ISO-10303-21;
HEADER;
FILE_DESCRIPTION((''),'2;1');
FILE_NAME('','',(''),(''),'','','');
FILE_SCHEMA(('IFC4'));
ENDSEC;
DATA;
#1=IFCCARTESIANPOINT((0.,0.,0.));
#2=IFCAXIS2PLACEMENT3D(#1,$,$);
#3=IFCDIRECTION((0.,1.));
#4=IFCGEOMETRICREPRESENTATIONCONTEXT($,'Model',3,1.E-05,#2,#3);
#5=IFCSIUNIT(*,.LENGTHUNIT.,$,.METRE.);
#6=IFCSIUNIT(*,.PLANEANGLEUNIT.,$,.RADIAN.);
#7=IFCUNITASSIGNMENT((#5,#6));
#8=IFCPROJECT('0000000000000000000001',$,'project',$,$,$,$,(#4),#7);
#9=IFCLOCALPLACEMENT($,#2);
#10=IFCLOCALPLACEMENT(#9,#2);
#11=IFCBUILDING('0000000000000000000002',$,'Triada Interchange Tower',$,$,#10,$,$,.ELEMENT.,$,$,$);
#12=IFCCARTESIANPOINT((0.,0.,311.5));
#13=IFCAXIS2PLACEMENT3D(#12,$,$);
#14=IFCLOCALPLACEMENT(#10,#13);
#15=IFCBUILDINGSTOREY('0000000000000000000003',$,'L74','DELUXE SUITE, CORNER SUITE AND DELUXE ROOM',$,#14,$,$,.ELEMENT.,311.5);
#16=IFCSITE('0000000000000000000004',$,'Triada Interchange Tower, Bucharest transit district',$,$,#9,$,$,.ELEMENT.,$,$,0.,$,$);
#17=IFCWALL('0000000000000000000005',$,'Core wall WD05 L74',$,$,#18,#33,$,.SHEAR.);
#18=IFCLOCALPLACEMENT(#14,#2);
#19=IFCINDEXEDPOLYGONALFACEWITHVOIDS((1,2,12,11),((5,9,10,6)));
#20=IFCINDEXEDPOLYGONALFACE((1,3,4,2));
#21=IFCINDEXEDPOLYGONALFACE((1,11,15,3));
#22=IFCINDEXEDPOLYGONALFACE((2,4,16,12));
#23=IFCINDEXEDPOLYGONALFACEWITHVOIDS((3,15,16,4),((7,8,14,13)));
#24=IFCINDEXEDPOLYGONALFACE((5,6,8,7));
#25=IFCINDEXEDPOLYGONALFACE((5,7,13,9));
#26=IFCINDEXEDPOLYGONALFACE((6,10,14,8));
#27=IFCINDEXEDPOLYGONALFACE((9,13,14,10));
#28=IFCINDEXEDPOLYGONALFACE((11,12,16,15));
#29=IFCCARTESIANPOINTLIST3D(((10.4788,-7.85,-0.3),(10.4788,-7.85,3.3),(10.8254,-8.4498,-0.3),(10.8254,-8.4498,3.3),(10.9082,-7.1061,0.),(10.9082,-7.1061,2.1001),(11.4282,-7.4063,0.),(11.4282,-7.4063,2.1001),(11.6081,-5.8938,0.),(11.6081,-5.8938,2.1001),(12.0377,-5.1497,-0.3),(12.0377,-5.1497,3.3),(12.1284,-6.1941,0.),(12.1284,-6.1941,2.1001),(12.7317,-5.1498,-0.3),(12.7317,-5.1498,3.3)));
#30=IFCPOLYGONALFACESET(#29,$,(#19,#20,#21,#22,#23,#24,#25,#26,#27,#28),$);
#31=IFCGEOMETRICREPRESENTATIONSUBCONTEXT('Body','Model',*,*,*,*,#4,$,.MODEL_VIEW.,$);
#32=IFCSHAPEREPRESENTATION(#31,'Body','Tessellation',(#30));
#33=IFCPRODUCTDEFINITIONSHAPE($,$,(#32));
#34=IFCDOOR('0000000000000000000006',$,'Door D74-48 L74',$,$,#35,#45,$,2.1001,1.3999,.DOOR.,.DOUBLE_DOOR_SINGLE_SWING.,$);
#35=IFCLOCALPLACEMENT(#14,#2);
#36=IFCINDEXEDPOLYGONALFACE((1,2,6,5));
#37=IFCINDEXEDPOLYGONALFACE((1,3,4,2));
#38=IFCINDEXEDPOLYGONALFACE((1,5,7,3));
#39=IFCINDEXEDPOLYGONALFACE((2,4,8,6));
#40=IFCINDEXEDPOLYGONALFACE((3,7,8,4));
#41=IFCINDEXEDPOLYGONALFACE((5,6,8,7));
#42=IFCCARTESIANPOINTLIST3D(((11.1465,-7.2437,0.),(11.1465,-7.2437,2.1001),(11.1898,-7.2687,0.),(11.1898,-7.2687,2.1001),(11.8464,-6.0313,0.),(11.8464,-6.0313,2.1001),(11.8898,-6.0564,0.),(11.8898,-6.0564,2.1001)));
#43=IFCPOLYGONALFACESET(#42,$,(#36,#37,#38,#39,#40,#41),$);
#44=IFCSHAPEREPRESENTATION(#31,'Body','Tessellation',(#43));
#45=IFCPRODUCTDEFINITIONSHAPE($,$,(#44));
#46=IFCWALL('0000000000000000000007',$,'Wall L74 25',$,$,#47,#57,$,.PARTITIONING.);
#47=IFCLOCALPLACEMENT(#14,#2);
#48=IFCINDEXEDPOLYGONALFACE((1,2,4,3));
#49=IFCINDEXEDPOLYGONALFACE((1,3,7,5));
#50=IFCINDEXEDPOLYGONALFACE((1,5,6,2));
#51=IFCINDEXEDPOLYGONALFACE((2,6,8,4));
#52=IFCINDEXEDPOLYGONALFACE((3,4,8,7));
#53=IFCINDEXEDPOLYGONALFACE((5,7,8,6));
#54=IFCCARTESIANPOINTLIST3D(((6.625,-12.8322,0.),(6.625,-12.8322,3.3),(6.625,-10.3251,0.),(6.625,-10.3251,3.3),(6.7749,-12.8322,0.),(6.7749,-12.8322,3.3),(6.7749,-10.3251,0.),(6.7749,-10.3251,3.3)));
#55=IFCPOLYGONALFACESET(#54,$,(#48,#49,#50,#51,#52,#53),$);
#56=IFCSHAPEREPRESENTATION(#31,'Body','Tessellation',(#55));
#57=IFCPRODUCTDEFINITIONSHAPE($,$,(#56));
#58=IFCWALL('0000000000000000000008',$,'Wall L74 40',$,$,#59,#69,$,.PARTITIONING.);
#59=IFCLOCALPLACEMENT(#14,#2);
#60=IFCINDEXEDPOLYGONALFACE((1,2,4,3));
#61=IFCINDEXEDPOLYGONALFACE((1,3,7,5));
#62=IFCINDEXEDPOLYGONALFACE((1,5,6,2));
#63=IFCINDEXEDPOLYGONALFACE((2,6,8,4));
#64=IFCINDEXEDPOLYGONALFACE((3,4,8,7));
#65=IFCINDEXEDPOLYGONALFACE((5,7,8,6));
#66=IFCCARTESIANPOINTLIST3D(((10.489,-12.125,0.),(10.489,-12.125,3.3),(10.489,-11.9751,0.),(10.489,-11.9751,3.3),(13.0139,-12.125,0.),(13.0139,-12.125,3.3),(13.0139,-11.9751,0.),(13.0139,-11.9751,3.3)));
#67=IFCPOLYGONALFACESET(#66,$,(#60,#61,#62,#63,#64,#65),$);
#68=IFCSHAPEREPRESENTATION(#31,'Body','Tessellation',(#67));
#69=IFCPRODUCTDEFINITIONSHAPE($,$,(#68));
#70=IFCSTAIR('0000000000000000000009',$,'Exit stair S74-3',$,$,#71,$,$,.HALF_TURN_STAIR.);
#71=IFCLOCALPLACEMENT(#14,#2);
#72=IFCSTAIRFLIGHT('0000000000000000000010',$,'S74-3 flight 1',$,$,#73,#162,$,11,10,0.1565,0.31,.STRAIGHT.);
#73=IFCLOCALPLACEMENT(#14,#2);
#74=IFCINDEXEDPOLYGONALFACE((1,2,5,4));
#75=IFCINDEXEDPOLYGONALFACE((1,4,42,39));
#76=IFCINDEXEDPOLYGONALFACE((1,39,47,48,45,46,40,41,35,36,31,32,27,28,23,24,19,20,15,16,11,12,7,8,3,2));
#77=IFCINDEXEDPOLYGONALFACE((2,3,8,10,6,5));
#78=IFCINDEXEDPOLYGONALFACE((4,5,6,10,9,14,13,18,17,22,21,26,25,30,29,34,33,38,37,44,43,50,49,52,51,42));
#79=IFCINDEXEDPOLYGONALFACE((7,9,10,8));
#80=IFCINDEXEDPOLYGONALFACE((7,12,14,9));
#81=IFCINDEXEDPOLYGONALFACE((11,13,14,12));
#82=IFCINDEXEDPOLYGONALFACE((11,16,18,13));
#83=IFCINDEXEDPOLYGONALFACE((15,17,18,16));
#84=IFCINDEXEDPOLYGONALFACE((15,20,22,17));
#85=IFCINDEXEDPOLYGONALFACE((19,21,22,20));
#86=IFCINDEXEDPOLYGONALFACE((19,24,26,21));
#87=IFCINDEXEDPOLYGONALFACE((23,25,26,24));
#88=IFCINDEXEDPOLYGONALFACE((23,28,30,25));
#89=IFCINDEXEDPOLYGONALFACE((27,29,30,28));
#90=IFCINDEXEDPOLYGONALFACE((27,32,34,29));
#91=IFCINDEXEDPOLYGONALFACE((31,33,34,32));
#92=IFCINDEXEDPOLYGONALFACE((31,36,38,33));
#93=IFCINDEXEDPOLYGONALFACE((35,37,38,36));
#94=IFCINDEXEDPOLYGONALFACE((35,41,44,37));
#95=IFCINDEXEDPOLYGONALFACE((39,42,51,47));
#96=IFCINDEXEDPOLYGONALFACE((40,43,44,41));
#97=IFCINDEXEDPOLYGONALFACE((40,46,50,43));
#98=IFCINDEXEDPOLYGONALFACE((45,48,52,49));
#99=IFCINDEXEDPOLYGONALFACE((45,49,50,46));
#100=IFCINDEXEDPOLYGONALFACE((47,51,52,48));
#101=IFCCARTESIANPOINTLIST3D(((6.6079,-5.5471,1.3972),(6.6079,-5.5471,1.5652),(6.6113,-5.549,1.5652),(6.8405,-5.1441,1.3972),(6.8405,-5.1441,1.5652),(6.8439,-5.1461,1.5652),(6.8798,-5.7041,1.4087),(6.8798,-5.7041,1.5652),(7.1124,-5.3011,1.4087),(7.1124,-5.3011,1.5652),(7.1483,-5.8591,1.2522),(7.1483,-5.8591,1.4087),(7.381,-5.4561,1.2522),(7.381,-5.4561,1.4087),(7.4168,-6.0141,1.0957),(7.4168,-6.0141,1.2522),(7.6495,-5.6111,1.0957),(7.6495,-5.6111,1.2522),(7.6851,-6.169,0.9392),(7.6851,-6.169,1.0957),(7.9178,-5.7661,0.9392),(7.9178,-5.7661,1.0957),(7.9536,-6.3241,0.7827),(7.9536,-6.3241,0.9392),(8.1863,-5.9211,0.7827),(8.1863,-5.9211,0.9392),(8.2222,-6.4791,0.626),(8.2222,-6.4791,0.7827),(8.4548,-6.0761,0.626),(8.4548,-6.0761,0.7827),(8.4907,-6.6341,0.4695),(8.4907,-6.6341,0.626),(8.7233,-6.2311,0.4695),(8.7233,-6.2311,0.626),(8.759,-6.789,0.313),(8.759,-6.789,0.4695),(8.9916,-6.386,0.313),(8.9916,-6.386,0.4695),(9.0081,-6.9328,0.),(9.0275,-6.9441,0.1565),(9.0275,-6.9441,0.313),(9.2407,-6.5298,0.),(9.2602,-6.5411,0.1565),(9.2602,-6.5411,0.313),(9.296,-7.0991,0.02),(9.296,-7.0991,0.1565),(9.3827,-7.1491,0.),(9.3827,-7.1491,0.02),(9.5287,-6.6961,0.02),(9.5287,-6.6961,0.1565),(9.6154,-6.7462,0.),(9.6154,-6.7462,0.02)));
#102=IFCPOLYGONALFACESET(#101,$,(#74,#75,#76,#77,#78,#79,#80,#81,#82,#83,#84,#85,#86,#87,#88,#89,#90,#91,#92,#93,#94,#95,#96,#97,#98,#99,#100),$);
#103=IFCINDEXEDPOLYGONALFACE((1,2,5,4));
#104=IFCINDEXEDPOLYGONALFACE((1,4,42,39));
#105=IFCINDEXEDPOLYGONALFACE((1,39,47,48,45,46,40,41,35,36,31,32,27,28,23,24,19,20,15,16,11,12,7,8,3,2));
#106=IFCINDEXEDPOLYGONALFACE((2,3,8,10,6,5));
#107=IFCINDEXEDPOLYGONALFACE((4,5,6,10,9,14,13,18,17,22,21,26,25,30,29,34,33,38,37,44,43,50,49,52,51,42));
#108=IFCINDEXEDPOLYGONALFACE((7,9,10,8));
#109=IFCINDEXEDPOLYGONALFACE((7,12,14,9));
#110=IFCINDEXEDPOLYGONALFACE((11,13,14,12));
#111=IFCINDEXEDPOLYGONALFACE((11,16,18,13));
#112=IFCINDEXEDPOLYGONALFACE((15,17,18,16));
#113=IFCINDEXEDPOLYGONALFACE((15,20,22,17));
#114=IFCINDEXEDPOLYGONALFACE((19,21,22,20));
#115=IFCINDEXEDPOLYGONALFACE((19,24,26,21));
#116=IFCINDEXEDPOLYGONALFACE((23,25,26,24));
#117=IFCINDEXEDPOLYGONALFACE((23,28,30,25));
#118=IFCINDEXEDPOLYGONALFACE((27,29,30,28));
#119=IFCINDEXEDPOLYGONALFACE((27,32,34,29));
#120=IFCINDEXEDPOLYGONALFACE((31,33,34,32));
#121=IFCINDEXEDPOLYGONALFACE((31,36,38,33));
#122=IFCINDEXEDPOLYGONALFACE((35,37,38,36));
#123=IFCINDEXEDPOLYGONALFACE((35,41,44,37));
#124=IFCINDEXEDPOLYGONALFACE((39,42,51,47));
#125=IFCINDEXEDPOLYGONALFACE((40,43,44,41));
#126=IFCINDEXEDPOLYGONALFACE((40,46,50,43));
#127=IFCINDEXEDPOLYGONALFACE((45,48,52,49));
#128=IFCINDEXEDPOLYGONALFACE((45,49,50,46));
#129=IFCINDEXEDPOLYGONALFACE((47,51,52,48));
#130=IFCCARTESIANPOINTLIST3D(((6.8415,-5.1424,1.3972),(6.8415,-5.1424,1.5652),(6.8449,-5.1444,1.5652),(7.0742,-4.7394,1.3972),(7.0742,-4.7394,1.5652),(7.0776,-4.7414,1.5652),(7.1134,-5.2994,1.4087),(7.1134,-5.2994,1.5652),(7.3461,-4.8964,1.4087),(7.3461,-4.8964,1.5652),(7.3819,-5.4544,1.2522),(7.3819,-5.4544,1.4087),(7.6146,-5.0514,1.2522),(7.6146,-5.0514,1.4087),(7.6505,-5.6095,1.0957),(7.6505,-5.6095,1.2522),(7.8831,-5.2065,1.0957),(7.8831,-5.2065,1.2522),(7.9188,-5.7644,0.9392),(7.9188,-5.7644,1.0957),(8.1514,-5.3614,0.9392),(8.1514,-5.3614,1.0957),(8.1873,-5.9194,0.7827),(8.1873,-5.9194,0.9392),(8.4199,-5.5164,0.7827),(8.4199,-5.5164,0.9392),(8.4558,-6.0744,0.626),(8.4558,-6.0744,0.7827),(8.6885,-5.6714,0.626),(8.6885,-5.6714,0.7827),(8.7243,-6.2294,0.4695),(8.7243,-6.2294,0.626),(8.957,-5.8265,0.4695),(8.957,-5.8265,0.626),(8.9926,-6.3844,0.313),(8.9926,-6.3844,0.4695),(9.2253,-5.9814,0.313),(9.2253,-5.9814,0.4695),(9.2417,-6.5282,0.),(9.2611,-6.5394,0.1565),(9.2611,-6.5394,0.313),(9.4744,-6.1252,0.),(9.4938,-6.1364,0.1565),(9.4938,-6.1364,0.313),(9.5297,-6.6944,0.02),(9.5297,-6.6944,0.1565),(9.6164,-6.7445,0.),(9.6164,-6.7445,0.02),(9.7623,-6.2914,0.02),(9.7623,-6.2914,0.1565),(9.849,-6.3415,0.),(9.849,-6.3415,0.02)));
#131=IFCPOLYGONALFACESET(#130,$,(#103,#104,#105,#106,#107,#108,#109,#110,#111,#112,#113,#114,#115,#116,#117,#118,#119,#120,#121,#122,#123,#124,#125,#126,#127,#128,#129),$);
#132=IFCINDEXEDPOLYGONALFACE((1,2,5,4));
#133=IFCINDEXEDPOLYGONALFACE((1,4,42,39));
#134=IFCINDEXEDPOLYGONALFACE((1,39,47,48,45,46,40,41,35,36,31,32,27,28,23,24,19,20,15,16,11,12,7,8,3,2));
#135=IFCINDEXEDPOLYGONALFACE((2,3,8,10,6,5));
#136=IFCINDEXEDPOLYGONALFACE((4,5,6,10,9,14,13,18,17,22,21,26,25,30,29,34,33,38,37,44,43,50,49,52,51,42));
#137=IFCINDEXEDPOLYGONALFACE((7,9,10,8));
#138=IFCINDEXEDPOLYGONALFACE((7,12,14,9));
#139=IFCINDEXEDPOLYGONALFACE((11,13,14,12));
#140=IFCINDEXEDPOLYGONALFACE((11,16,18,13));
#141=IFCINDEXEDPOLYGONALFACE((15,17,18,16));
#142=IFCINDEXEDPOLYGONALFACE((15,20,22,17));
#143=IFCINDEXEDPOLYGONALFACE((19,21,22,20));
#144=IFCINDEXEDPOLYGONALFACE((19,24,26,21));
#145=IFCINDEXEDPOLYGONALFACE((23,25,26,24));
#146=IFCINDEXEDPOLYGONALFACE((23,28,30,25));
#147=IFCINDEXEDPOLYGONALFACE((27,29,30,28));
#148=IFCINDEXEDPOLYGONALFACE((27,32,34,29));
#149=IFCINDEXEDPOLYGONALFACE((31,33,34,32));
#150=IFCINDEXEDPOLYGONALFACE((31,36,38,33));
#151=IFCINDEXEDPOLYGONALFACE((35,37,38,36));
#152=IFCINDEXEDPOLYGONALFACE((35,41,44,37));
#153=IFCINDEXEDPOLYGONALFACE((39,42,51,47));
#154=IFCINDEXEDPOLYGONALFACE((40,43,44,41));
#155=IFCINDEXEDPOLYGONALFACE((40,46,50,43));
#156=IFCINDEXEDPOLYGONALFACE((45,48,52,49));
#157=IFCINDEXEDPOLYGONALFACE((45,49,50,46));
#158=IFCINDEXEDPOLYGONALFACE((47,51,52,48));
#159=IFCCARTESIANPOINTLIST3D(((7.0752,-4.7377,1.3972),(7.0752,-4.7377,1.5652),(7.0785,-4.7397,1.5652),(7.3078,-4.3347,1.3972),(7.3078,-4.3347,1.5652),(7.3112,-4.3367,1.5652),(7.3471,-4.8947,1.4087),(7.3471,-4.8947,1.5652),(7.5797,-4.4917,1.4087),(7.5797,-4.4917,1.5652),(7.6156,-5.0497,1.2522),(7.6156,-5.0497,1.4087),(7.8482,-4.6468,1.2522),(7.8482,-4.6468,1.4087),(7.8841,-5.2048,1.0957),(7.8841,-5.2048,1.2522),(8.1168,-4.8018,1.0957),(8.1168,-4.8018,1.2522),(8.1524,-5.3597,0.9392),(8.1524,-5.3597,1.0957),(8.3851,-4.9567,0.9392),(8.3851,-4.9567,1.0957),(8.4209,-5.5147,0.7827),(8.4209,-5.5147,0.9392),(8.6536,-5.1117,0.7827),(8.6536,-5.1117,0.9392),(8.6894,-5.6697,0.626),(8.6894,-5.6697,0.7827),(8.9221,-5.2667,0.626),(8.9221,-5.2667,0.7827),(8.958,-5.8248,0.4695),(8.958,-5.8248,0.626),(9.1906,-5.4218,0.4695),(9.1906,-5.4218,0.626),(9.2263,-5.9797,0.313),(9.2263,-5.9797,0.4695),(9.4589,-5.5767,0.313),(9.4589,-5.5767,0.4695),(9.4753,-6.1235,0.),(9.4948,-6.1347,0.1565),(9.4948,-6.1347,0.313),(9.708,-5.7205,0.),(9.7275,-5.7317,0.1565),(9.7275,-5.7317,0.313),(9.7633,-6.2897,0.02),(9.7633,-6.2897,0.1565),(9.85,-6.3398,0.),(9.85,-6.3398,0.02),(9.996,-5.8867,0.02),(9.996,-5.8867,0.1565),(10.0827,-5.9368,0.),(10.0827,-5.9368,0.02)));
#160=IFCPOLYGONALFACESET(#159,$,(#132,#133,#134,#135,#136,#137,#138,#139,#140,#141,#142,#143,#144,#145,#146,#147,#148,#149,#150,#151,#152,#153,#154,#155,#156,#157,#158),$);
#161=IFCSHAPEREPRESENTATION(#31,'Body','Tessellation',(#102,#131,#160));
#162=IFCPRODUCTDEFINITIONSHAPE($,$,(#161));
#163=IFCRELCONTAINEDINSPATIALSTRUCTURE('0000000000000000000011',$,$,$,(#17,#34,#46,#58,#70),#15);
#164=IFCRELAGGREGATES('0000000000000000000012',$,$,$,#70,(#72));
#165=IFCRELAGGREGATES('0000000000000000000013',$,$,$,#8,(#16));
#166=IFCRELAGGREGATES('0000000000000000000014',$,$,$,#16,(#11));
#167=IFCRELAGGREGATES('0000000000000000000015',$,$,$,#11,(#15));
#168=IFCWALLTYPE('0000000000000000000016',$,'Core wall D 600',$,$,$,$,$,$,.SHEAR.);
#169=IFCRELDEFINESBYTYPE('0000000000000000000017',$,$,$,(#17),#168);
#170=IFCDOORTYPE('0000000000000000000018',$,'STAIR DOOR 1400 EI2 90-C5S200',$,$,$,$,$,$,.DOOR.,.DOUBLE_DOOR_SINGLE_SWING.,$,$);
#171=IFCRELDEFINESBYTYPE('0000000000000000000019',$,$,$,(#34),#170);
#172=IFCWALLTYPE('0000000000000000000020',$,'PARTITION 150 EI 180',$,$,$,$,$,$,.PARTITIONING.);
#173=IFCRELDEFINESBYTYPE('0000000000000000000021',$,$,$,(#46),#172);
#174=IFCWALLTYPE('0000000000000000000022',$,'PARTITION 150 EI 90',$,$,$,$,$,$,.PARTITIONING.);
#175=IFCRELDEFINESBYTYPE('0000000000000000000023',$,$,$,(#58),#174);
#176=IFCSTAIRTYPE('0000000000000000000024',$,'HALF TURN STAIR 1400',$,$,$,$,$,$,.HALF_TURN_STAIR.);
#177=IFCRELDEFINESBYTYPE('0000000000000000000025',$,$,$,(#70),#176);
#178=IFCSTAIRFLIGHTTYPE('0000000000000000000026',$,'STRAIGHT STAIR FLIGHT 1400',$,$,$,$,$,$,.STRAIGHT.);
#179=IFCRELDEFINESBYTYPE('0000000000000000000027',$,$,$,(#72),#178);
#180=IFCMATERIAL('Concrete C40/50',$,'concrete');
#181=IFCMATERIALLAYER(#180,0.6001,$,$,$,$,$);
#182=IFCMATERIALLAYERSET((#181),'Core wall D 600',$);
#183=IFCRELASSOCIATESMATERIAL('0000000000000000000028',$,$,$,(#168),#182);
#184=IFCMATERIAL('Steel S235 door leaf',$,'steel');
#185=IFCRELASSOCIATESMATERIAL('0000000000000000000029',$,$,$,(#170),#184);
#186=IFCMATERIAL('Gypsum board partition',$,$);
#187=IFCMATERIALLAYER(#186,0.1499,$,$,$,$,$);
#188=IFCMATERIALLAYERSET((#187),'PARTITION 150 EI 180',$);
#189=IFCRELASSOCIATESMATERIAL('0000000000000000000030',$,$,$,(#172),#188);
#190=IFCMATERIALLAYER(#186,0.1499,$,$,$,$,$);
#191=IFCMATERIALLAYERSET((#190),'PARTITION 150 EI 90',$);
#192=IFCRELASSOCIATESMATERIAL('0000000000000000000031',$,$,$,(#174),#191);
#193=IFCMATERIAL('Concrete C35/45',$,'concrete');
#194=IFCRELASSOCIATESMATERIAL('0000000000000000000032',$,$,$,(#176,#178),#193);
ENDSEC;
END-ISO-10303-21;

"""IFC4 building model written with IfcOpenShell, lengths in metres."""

from ifc_helpers import new_model, si_unit, direction, frame, frame_2d, origin, place, context, subcontext, project, spatial, polyline, rectangle, outline, extrude, material, layer, layer_set, type_object, element, fill, aggregate, save


model = new_model("IFC4")

# Units and contexts
model_context = context("Model", 3, precision=1e-05, world=origin(), true_north=direction((0.0, 1.0)))
body_context = subcontext(model_context, "Body", "Model", "MODEL_VIEW")
ifc_project = project(units=[si_unit("LENGTHUNIT", "METRE"), si_unit("PLANEANGLEUNIT", "RADIAN")], contexts=[model_context])

# Site, building, storey
site_placement = place(None, origin())
site = spatial("IfcSite", under=ifc_project, at=site_placement, Name="Triada Interchange Tower, Bucharest transit district", CompositionType="ELEMENT", RefElevation=0.0)
building_placement = place(site_placement, origin())
building = spatial("IfcBuilding", under=site, at=building_placement, Name="Triada Interchange Tower", CompositionType="ELEMENT")
storey_placement = place(building_placement, frame((0.0, 0.0, 311.5)))
storey = spatial("IfcBuildingStorey", under=building, at=storey_placement, Name="L74", Description="DELUXE SUITE, CORNER SUITE AND DELUXE ROOM", CompositionType="ELEMENT", Elevation=311.5)

# Shared definitions
ifc_material_1 = material(Name="Steel S235 door leaf", Category="steel")

# Wall, opening, door
ifc_material_2 = material(Name="Concrete C40/50", Category="concrete")
ifc_layer_1 = layer(ifc_material_2, 0.6001)
ifc_layer_set_1 = layer_set([ifc_layer_1], Name="Core wall D 600")
wall_type_1 = type_object("IfcWallType", Name="Core wall D 600", PredefinedType="SHEAR", material=ifc_layer_set_1)
wall_1_placement = place(storey_placement, frame((10.6521, -8.1499, -0.3), z_axis=(0.0, 0.0, 1.0), x_axis=(0.499975, 0.86604, 0.0)))
wall_1 = element("IfcWall", 1, at=wall_1_placement, inside=storey, type_object=wall_type_1, Name="Core wall WD05 L74", PredefinedType="SHEAR", context=body_context, shape_type="SweptSolid", body=[
    extrude(outline(polyline([(-0.1731, -0.3), (1.7324, -0.3005), (3.6379, -0.301), (3.291, 0.3), (1.7319, 0.3), (0.1731, 0.3), (-0.1731, -0.3)])), origin(), (0.0, 0.0, 1.0), 3.6001),
])
opening_1_placement = place(wall_1_placement, frame((1.032, 0.0, 0.3)))
opening_1 = element("IfcOpeningElement", 2, at=opening_1_placement, cuts=wall_1, PredefinedType="OPENING", context=body_context, shape_type="SweptSolid", body=[
    extrude(rectangle(XDim=1.3999, YDim=2.1001, at=frame_2d((0.7, 1.05))), frame((0.0, 0.3101, 0.0), z_axis=(0.0, -1.0, 0.0), x_axis=(1.0, 0.0, 0.0)), (0.0, 0.0, 1.0), 0.6211),
])
door_type_1 = type_object("IfcDoorType", Name="STAIR DOOR 1400 EI2 90-C5S200", OperationType="DOUBLE_DOOR_SINGLE_SWING", PredefinedType="DOOR", material=ifc_material_1)
door_1_placement = place(opening_1_placement, origin())
door_1 = element("IfcDoor", 3, at=door_1_placement, inside=storey, type_object=door_type_1, Name="Door D74-48 L74", OperationType="DOUBLE_DOOR_SINGLE_SWING", OverallHeight=2.1001, OverallWidth=1.3999, PredefinedType="DOOR", context=body_context, shape_type="SweptSolid", body=[
    extrude(rectangle(XDim=1.3999, YDim=2.1001, at=frame_2d((0.7, 1.05))), frame((0.0, 0.0249, 0.0), z_axis=(0.0, -1.0, 0.0), x_axis=(1.0, 0.0, 0.0)), (0.0, 0.0, 1.0), 0.05),
])
fill(opening_1, door_1)

# Walls
ifc_material_3 = material(Name="Gypsum board partition")
ifc_layer_2 = layer(ifc_material_3, 0.1499)
ifc_layer_set_2 = layer_set([ifc_layer_2], Name="PARTITION 150 EI 180")
wall_type_2 = type_object("IfcWallType", Name="PARTITION 150 EI 180", PredefinedType="PARTITIONING", material=ifc_layer_set_2)
wall_2_placement = place(storey_placement, frame((6.7, -12.832, 0.0), z_axis=(0.0, 0.0, 1.0), x_axis=(0.0, 1.0, 0.0)))
element("IfcWall", 4, at=wall_2_placement, inside=storey, type_object=wall_type_2, Name="Wall L74 25", PredefinedType="PARTITIONING", context=body_context, shape_type="SweptSolid", body=[
    extrude(rectangle(XDim=2.5071, YDim=0.1499, at=frame_2d((1.2534, 0.0))), origin(), (0.0, 0.0, 1.0), 3.3),
])
ifc_layer_3 = layer(ifc_material_3, 0.1499)
ifc_layer_set_3 = layer_set([ifc_layer_3], Name="PARTITION 150 EI 90")
wall_type_3 = type_object("IfcWallType", Name="PARTITION 150 EI 90", PredefinedType="PARTITIONING", material=ifc_layer_set_3)
wall_3_placement = place(storey_placement, frame((10.489, -12.05, 0.0), z_axis=(0.0, 0.0, 1.0), x_axis=(1.0, 0.0, 0.0)))
element("IfcWall", 5, at=wall_3_placement, inside=storey, type_object=wall_type_3, Name="Wall L74 40", PredefinedType="PARTITIONING", context=body_context, shape_type="SweptSolid", body=[
    extrude(rectangle(XDim=2.5249, YDim=0.1499, at=frame_2d((1.2625, 0.0))), origin(), (0.0, 0.0, 1.0), 3.3),
])

# Stair, stair flight
ifc_material_4 = material(Name="Concrete C35/45", Category="concrete")
stair_type = type_object("IfcStairType", Name="HALF TURN STAIR 1400", PredefinedType="HALF_TURN_STAIR", material=ifc_material_4)
stair_placement = place(storey_placement, origin())
stair = element("IfcStair", 6, at=stair_placement, inside=storey, type_object=stair_type, Name="Exit stair S74-3", PredefinedType="HALF_TURN_STAIR")
stair_flight_type = type_object("IfcStairFlightType", Name="STRAIGHT STAIR FLIGHT 1400", PredefinedType="STRAIGHT", material=ifc_material_4)
stair_flight_1_placement = place(storey_placement, frame((9.646, -6.4929, 0.0), z_axis=(0.0, 0.0, 1.0), x_axis=(-0.866025, 0.5, 0.0)))
stair_flight_1 = element("IfcStairFlight", 7, at=stair_flight_1_placement, type_object=stair_flight_type, Name="S74-3 flight 1", NumberOfRisers=11, NumberOfTreads=10, PredefinedType="STRAIGHT", RiserHeight=0.1565, TreadLength=0.31, context=body_context, shape_type="SweptSolid", body=[
    extrude(outline(polyline([(-0.1001, 0.0), (-0.1001, 0.02), (0.0, 0.02), (0.0, 0.1565), (0.3101, 0.1565), (0.3101, 0.313), (0.6201, 0.313), (0.6201, 0.4695), (0.9299, 0.4695), (0.9299, 0.626), (1.24, 0.626), (1.24, 0.7827), (1.55, 0.7827), (1.55, 0.9392), (1.8601, 0.9392), (1.8601, 1.0957), (2.1699, 1.0957), (2.1699, 1.2522), (2.48, 1.2522), (2.48, 1.4087), (2.79, 1.4087), (2.79, 1.5652), (3.1001, 1.5652), (3.104, 1.5652), (3.104, 1.7217), (3.104, 1.3972), (0.3325, 0.0), (-0.1001, 0.0)])), frame((0.0, 0.7, 0.0), z_axis=(0.0, -1.0, 0.0), x_axis=(1.0, 0.0, 0.0)), (0.0, 0.0, 1.0), 0.4653),
    extrude(outline(polyline([(-0.1001, 0.0), (-0.1001, 0.02), (0.0, 0.02), (0.0, 0.1565), (0.3101, 0.1565), (0.3101, 0.313), (0.6201, 0.313), (0.6201, 0.4695), (0.9299, 0.4695), (0.9299, 0.626), (1.24, 0.626), (1.24, 0.7827), (1.55, 0.7827), (1.55, 0.9392), (1.8601, 0.9392), (1.8601, 1.0957), (2.1699, 1.0957), (2.1699, 1.2522), (2.48, 1.2522), (2.48, 1.4087), (2.79, 1.4087), (2.79, 1.5652), (3.1001, 1.5652), (3.104, 1.5652), (3.104, 1.7217), (3.104, 1.3972), (0.3325, 0.0), (-0.1001, 0.0)])), frame((0.0, 0.2327, 0.0), z_axis=(0.0, -1.0, 0.0), x_axis=(1.0, 0.0, 0.0)), (0.0, 0.0, 1.0), 0.4653),
    extrude(outline(polyline([(-0.1001, 0.0), (-0.1001, 0.02), (0.0, 0.02), (0.0, 0.1565), (0.3101, 0.1565), (0.3101, 0.313), (0.6201, 0.313), (0.6201, 0.4695), (0.9299, 0.4695), (0.9299, 0.626), (1.24, 0.626), (1.24, 0.7827), (1.55, 0.7827), (1.55, 0.9392), (1.8601, 0.9392), (1.8601, 1.0957), (2.1699, 1.0957), (2.1699, 1.2522), (2.48, 1.2522), (2.48, 1.4087), (2.79, 1.4087), (2.79, 1.5652), (3.1001, 1.5652), (3.104, 1.5652), (3.104, 1.7217), (3.104, 1.3972), (0.3325, 0.0), (-0.1001, 0.0)])), frame((0.0, -0.2346, 0.0), z_axis=(0.0, -1.0, 0.0), x_axis=(1.0, 0.0, 0.0)), (0.0, 0.0, 1.0), 0.4653),
])
aggregate(stair, [stair_flight_1])

save(model, "model.ifc")
